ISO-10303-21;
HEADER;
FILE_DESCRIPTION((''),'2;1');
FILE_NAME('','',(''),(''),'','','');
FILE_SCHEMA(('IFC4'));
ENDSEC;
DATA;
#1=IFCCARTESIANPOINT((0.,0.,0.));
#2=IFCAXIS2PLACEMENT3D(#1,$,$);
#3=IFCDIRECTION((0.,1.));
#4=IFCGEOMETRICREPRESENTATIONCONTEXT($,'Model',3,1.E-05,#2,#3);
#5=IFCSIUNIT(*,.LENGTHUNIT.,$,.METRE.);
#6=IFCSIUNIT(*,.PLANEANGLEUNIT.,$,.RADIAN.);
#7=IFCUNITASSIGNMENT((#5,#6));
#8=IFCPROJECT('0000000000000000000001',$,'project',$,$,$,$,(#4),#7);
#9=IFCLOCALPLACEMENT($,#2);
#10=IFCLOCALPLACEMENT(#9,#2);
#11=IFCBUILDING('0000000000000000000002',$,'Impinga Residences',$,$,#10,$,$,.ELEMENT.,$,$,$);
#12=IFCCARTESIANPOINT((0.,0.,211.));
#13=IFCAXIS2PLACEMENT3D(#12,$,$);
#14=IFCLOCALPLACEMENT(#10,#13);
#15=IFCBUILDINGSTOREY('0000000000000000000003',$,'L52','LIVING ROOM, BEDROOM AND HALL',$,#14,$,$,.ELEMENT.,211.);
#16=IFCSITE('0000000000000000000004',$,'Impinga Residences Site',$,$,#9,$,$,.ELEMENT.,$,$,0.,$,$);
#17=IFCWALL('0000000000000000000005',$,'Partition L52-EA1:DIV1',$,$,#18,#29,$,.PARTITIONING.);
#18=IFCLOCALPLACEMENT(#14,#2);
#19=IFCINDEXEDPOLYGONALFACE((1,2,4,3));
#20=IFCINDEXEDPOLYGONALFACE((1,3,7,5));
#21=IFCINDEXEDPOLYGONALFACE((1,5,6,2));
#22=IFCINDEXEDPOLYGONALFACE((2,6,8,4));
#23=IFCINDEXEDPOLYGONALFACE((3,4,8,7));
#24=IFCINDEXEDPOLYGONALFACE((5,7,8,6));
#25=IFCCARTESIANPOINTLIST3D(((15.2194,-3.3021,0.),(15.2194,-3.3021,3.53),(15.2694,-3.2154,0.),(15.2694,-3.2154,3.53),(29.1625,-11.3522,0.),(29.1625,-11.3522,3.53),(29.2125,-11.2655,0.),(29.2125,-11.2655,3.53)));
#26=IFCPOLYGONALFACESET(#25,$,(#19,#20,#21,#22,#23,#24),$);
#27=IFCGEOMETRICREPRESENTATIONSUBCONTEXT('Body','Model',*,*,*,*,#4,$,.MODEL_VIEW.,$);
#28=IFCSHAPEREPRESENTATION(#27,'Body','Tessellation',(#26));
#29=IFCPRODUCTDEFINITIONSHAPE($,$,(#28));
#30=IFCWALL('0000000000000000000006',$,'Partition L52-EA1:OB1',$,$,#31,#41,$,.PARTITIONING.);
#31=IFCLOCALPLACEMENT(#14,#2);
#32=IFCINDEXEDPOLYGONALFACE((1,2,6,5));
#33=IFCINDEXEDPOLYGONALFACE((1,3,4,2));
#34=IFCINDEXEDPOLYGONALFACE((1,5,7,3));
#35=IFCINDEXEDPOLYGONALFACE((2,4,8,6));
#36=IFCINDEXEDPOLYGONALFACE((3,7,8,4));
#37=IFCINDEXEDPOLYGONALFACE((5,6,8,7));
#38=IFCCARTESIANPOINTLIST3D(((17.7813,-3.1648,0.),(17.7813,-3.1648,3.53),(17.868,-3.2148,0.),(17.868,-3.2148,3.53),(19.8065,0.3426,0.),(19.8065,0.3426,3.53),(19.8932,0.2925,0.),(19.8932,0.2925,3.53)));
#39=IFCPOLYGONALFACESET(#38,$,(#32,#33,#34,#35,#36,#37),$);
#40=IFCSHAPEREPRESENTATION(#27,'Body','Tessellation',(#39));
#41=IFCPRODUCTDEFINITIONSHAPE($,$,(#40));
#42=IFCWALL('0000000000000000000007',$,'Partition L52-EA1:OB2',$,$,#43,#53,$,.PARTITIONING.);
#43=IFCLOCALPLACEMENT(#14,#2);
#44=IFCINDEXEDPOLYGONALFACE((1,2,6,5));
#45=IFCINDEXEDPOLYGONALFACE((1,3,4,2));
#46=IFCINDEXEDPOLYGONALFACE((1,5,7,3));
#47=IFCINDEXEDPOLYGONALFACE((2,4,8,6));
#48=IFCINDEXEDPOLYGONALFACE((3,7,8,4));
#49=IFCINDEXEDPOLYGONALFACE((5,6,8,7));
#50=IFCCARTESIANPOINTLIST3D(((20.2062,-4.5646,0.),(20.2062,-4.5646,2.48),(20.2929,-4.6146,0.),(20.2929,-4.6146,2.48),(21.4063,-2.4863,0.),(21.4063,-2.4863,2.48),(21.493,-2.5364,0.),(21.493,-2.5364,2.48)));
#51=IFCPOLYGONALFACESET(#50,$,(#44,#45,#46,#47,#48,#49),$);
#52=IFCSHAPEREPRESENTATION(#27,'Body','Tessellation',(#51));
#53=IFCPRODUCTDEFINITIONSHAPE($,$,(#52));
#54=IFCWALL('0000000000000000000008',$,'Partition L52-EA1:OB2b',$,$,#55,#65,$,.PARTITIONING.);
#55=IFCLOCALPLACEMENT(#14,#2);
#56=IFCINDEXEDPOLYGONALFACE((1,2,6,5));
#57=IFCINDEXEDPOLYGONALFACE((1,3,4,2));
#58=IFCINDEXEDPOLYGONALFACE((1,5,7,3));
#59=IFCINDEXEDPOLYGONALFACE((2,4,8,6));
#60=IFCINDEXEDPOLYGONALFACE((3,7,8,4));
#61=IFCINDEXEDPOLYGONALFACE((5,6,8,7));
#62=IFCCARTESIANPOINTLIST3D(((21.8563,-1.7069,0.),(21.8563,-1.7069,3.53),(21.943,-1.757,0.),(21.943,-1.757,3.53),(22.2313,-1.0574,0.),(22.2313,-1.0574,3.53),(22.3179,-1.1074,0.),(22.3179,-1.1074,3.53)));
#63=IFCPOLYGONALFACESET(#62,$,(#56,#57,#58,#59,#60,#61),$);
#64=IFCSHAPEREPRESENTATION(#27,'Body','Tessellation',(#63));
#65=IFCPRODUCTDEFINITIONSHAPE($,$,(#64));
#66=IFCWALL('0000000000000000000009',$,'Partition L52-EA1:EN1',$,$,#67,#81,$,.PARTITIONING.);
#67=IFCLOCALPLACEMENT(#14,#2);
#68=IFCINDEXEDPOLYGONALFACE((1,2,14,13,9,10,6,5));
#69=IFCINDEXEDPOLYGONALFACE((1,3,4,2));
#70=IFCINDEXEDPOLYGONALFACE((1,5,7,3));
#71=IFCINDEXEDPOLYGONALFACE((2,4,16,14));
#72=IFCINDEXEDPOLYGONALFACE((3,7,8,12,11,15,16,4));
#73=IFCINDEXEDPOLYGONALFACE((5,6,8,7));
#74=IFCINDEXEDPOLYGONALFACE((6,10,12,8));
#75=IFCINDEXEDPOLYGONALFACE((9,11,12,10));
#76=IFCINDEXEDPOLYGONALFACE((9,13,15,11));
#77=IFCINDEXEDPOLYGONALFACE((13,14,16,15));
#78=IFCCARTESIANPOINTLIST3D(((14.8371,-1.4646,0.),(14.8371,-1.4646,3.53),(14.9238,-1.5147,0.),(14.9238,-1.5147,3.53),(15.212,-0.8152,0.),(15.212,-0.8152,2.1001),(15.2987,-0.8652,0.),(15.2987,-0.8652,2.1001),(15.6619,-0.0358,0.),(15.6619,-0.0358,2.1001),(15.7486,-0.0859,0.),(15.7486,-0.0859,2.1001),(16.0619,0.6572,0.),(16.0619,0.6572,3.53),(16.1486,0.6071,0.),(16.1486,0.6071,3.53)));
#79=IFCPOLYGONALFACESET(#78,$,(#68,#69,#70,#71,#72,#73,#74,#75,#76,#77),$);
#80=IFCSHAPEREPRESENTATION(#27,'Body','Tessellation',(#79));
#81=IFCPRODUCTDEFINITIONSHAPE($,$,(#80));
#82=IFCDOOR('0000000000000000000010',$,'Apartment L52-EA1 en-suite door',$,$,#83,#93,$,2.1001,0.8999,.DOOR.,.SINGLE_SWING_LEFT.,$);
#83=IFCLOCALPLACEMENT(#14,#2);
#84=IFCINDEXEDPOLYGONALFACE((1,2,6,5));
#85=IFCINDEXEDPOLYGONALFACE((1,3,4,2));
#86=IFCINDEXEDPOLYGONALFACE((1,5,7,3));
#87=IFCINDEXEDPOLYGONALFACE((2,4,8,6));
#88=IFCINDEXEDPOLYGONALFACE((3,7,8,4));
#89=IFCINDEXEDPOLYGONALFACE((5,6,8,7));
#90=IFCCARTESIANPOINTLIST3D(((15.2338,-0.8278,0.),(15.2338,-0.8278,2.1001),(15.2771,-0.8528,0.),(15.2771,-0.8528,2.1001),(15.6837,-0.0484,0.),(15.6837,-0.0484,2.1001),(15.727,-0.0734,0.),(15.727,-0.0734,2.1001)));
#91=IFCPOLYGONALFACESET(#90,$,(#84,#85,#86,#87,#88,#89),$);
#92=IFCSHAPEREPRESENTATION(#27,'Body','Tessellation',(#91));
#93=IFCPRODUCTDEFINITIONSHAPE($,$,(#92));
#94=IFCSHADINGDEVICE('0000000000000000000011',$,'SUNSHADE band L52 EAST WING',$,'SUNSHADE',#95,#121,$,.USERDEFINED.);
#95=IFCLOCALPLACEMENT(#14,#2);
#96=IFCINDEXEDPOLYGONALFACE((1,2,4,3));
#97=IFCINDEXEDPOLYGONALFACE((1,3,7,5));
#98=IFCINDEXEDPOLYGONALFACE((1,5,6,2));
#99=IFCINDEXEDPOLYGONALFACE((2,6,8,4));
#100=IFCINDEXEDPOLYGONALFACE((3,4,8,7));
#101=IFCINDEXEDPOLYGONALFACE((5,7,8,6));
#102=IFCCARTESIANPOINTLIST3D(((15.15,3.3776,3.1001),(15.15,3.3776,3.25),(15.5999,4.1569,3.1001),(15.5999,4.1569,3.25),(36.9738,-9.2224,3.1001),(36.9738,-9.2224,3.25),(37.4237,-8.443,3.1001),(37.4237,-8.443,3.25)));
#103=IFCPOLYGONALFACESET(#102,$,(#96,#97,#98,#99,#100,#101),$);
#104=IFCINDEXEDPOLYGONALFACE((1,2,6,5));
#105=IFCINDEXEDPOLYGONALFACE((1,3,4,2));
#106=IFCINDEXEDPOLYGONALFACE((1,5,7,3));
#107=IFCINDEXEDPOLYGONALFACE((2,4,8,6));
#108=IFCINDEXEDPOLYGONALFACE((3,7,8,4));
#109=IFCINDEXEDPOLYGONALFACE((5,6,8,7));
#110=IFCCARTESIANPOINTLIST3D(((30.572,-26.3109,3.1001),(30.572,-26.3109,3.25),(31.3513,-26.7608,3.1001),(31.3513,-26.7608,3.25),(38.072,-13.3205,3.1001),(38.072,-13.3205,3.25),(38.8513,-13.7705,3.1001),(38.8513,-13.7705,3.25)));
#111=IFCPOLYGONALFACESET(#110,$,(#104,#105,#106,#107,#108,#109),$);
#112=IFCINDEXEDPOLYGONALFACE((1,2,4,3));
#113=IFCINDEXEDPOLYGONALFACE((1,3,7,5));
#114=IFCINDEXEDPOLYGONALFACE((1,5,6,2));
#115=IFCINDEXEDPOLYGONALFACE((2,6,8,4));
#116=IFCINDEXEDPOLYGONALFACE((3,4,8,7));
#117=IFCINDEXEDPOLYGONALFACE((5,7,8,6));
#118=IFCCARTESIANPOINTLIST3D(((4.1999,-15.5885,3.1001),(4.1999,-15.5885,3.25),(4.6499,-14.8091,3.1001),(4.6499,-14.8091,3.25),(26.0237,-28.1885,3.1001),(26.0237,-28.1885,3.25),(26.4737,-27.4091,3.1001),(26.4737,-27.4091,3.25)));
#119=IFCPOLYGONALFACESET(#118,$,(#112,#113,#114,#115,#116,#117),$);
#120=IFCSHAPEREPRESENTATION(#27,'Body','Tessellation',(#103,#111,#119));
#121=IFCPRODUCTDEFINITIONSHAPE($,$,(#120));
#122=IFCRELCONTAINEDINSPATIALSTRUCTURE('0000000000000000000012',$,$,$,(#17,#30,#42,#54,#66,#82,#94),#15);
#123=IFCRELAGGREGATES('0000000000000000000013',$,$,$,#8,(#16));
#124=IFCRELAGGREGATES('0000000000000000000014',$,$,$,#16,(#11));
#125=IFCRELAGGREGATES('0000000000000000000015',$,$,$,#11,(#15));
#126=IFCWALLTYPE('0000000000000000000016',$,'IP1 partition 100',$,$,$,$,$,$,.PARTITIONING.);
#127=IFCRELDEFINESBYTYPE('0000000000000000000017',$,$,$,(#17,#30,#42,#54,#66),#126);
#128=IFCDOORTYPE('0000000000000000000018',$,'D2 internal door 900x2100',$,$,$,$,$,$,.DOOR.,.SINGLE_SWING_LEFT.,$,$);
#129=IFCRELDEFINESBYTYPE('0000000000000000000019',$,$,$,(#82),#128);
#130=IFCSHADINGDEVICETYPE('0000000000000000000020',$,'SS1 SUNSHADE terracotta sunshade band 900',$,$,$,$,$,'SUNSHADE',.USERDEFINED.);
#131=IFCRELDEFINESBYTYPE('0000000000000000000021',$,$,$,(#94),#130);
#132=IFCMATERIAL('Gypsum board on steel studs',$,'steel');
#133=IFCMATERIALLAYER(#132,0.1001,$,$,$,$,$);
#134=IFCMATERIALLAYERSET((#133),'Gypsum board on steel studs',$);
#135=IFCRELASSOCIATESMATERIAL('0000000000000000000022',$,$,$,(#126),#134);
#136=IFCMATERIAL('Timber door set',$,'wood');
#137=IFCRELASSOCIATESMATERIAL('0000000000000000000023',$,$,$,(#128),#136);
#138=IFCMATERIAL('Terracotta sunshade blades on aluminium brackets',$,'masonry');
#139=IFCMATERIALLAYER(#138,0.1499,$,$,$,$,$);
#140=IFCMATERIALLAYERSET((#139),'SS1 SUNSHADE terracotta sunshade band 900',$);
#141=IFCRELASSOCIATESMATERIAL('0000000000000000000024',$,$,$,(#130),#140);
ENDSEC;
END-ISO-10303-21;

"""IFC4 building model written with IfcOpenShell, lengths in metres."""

from ifc_helpers import new_model, si_unit, direction, frame, frame_2d, origin, origin_2d, place, context, subcontext, project, spatial, rectangle, extrude, material, layer, layer_set, type_object, element, fill, save


model = new_model("IFC4")

# Units and contexts
model_context = context("Model", 3, precision=1e-05, world=origin(), true_north=direction((0.0, 1.0)))
body_context = subcontext(model_context, "Body", "Model", "MODEL_VIEW")
ifc_project = project(units=[si_unit("LENGTHUNIT", "METRE"), si_unit("PLANEANGLEUNIT", "RADIAN")], contexts=[model_context])

# Site, building, storey
site_placement = place(None, origin())
site = spatial("IfcSite", under=ifc_project, at=site_placement, Name="Impinga Residences Site", CompositionType="ELEMENT", RefElevation=0.0)
building_placement = place(site_placement, origin())
building = spatial("IfcBuilding", under=site, at=building_placement, Name="Impinga Residences", CompositionType="ELEMENT")
storey_placement = place(building_placement, frame((0.0, 0.0, 211.0)))
storey = spatial("IfcBuildingStorey", under=building, at=storey_placement, Name="L52", Description="LIVING ROOM, BEDROOM AND HALL", CompositionType="ELEMENT", Elevation=211.0)

# Walls
ifc_material_1 = material(Name="Gypsum board on steel studs", Category="steel")
ifc_layer_1 = layer(ifc_material_1, 0.1001)
ifc_layer_set_1 = layer_set([ifc_layer_1], Name="Gypsum board on steel studs")
wall_type_1 = type_object("IfcWallType", Name="IP1 partition 100", PredefinedType="PARTITIONING", material=ifc_layer_set_1)
wall_1_placement = place(storey_placement, frame((15.2444, -3.2588, 0.0), z_axis=(0.0, 0.0, 1.0), x_axis=(0.866026, -0.499999, 0.0)))
element("IfcWall", 1, at=wall_1_placement, inside=storey, type_object=wall_type_1, Name="Partition L52-EA1:DIV1", PredefinedType="PARTITIONING", context=body_context, shape_type="SweptSolid", body=[
    extrude(rectangle(XDim=16.1001, YDim=0.1001, at=frame_2d((8.05, 0.0))), origin(), (0.0, 0.0, 1.0), 3.53),
])
wall_2_placement = place(storey_placement, frame((17.8247, -3.1897, 0.0), z_axis=(0.0, 0.0, 1.0), x_axis=(0.500036, 0.866005, 0.0)))
element("IfcWall", 2, at=wall_2_placement, inside=storey, type_object=wall_type_1, Name="Partition L52-EA1:OB1", PredefinedType="PARTITIONING", context=body_context, shape_type="SweptSolid", body=[
    extrude(rectangle(XDim=4.05, YDim=0.1001, at=frame_2d((2.0249, 0.0))), origin(), (0.0, 0.0, 1.0), 3.53),
])
wall_3_placement = place(storey_placement, frame((20.2495, -4.5896, 0.0), z_axis=(0.0, 0.0, 1.0), x_axis=(0.500078, 0.865981, 0.0)))
element("IfcWall", 3, at=wall_3_placement, inside=storey, type_object=wall_type_1, Name="Partition L52-EA1:OB2", PredefinedType="PARTITIONING", context=body_context, shape_type="SweptSolid", body=[
    extrude(rectangle(XDim=2.3999, YDim=0.1001, at=frame_2d((1.2, 0.0))), origin(), (0.0, 0.0, 1.0), 2.48),
])
wall_4_placement = place(storey_placement, frame((21.8997, -1.7319, 0.0), z_axis=(0.0, 0.0, 1.0), x_axis=(0.49992, 0.866072, 0.0)))
element("IfcWall", 4, at=wall_4_placement, inside=storey, type_object=wall_type_1, Name="Partition L52-EA1:OB2b", PredefinedType="PARTITIONING", context=body_context, shape_type="SweptSolid", body=[
    extrude(rectangle(XDim=0.75, YDim=0.1001, at=frame_2d((0.375, 0.0))), origin(), (0.0, 0.0, 1.0), 3.53),
])

# Wall, opening, door
wall_5_placement = place(storey_placement, frame((14.8804, -1.4897, 0.0), z_axis=(0.0, 0.0, 1.0), x_axis=(0.499944, 0.866058, 0.0)))
wall_5 = element("IfcWall", 5, at=wall_5_placement, inside=storey, type_object=wall_type_1, Name="Partition L52-EA1:EN1", PredefinedType="PARTITIONING", context=body_context, shape_type="SweptSolid", body=[
    extrude(rectangle(XDim=2.45, YDim=0.1001, at=frame_2d((1.2251, 0.0))), origin(), (0.0, 0.0, 1.0), 3.53),
])
opening_1_placement = place(wall_5_placement, frame((0.75, 0.0, 0.0)))
opening_1 = element("IfcOpeningElement", 6, at=opening_1_placement, cuts=wall_5, PredefinedType="OPENING", context=body_context, shape_type="SweptSolid", body=[
    extrude(rectangle(XDim=0.8999, YDim=2.1001, at=frame_2d((0.45, 1.05))), frame((0.0, 0.0601, 0.0), z_axis=(0.0, -1.0, 0.0), x_axis=(1.0, 0.0, 0.0)), (0.0, 0.0, 1.0), 0.1201),
])
ifc_material_2 = material(Name="Timber door set", Category="wood")
door_type = type_object("IfcDoorType", Name="D2 internal door 900x2100", OperationType="SINGLE_SWING_LEFT", PredefinedType="DOOR", material=ifc_material_2)
door_placement = place(opening_1_placement, origin())
door = element("IfcDoor", 7, at=door_placement, inside=storey, type_object=door_type, Name="Apartment L52-EA1 en-suite door", OperationType="SINGLE_SWING_LEFT", OverallHeight=2.1001, OverallWidth=0.8999, PredefinedType="DOOR", context=body_context, shape_type="SweptSolid", body=[
    extrude(rectangle(XDim=0.8999, YDim=2.1001, at=frame_2d((0.45, 1.05))), frame((0.0, 0.0249, 0.0), z_axis=(0.0, -1.0, 0.0), x_axis=(1.0, 0.0, 0.0)), (0.0, 0.0, 1.0), 0.05),
])
fill(opening_1, door)

# Shading device
ifc_material_3 = material(Name="Terracotta sunshade blades on aluminium brackets", Category="masonry")
ifc_layer_2 = layer(ifc_material_3, 0.1499)
ifc_layer_set_2 = layer_set([ifc_layer_2], Name="SS1 SUNSHADE terracotta sunshade band 900")
shading_device_type = type_object("IfcShadingDeviceType", Name="SS1 SUNSHADE terracotta sunshade band 900", ElementType="SUNSHADE", PredefinedType="USERDEFINED", material=ifc_layer_set_2)
shading_device_placement = place(storey_placement, frame((26.2869, -2.5327, 3.1001), z_axis=(0.0, 0.0, 1.0), x_axis=(0.866025, -0.5, 0.0)))
element("IfcShadingDevice", 8, at=shading_device_placement, inside=storey, type_object=shading_device_type, Name="SUNSHADE band L52 EAST WING", ObjectType="SUNSHADE", PredefinedType="USERDEFINED", context=body_context, shape_type="SweptSolid", body=[
    extrude(rectangle(XDim=25.2, YDim=0.8999, at=origin_2d()), origin(), (0.0, 0.0, 1.0), 0.1499),
    extrude(rectangle(XDim=15.0, YDim=0.8999, at=origin_2d()), frame((16.05, -10.95, 0.0), z_axis=(0.0, 0.0, 1.0), x_axis=(0.0, -1.0, 0.0)), (0.0, 0.0, 1.0), 0.1499),
    extrude(rectangle(XDim=25.2, YDim=0.8999, at=origin_2d()), frame((0.0, -21.9001, 0.0), z_axis=(0.0, 0.0, 1.0), x_axis=(-1.0, 0.0, 0.0)), (0.0, 0.0, 1.0), 0.1499),
])

save(model, "model.ifc")
